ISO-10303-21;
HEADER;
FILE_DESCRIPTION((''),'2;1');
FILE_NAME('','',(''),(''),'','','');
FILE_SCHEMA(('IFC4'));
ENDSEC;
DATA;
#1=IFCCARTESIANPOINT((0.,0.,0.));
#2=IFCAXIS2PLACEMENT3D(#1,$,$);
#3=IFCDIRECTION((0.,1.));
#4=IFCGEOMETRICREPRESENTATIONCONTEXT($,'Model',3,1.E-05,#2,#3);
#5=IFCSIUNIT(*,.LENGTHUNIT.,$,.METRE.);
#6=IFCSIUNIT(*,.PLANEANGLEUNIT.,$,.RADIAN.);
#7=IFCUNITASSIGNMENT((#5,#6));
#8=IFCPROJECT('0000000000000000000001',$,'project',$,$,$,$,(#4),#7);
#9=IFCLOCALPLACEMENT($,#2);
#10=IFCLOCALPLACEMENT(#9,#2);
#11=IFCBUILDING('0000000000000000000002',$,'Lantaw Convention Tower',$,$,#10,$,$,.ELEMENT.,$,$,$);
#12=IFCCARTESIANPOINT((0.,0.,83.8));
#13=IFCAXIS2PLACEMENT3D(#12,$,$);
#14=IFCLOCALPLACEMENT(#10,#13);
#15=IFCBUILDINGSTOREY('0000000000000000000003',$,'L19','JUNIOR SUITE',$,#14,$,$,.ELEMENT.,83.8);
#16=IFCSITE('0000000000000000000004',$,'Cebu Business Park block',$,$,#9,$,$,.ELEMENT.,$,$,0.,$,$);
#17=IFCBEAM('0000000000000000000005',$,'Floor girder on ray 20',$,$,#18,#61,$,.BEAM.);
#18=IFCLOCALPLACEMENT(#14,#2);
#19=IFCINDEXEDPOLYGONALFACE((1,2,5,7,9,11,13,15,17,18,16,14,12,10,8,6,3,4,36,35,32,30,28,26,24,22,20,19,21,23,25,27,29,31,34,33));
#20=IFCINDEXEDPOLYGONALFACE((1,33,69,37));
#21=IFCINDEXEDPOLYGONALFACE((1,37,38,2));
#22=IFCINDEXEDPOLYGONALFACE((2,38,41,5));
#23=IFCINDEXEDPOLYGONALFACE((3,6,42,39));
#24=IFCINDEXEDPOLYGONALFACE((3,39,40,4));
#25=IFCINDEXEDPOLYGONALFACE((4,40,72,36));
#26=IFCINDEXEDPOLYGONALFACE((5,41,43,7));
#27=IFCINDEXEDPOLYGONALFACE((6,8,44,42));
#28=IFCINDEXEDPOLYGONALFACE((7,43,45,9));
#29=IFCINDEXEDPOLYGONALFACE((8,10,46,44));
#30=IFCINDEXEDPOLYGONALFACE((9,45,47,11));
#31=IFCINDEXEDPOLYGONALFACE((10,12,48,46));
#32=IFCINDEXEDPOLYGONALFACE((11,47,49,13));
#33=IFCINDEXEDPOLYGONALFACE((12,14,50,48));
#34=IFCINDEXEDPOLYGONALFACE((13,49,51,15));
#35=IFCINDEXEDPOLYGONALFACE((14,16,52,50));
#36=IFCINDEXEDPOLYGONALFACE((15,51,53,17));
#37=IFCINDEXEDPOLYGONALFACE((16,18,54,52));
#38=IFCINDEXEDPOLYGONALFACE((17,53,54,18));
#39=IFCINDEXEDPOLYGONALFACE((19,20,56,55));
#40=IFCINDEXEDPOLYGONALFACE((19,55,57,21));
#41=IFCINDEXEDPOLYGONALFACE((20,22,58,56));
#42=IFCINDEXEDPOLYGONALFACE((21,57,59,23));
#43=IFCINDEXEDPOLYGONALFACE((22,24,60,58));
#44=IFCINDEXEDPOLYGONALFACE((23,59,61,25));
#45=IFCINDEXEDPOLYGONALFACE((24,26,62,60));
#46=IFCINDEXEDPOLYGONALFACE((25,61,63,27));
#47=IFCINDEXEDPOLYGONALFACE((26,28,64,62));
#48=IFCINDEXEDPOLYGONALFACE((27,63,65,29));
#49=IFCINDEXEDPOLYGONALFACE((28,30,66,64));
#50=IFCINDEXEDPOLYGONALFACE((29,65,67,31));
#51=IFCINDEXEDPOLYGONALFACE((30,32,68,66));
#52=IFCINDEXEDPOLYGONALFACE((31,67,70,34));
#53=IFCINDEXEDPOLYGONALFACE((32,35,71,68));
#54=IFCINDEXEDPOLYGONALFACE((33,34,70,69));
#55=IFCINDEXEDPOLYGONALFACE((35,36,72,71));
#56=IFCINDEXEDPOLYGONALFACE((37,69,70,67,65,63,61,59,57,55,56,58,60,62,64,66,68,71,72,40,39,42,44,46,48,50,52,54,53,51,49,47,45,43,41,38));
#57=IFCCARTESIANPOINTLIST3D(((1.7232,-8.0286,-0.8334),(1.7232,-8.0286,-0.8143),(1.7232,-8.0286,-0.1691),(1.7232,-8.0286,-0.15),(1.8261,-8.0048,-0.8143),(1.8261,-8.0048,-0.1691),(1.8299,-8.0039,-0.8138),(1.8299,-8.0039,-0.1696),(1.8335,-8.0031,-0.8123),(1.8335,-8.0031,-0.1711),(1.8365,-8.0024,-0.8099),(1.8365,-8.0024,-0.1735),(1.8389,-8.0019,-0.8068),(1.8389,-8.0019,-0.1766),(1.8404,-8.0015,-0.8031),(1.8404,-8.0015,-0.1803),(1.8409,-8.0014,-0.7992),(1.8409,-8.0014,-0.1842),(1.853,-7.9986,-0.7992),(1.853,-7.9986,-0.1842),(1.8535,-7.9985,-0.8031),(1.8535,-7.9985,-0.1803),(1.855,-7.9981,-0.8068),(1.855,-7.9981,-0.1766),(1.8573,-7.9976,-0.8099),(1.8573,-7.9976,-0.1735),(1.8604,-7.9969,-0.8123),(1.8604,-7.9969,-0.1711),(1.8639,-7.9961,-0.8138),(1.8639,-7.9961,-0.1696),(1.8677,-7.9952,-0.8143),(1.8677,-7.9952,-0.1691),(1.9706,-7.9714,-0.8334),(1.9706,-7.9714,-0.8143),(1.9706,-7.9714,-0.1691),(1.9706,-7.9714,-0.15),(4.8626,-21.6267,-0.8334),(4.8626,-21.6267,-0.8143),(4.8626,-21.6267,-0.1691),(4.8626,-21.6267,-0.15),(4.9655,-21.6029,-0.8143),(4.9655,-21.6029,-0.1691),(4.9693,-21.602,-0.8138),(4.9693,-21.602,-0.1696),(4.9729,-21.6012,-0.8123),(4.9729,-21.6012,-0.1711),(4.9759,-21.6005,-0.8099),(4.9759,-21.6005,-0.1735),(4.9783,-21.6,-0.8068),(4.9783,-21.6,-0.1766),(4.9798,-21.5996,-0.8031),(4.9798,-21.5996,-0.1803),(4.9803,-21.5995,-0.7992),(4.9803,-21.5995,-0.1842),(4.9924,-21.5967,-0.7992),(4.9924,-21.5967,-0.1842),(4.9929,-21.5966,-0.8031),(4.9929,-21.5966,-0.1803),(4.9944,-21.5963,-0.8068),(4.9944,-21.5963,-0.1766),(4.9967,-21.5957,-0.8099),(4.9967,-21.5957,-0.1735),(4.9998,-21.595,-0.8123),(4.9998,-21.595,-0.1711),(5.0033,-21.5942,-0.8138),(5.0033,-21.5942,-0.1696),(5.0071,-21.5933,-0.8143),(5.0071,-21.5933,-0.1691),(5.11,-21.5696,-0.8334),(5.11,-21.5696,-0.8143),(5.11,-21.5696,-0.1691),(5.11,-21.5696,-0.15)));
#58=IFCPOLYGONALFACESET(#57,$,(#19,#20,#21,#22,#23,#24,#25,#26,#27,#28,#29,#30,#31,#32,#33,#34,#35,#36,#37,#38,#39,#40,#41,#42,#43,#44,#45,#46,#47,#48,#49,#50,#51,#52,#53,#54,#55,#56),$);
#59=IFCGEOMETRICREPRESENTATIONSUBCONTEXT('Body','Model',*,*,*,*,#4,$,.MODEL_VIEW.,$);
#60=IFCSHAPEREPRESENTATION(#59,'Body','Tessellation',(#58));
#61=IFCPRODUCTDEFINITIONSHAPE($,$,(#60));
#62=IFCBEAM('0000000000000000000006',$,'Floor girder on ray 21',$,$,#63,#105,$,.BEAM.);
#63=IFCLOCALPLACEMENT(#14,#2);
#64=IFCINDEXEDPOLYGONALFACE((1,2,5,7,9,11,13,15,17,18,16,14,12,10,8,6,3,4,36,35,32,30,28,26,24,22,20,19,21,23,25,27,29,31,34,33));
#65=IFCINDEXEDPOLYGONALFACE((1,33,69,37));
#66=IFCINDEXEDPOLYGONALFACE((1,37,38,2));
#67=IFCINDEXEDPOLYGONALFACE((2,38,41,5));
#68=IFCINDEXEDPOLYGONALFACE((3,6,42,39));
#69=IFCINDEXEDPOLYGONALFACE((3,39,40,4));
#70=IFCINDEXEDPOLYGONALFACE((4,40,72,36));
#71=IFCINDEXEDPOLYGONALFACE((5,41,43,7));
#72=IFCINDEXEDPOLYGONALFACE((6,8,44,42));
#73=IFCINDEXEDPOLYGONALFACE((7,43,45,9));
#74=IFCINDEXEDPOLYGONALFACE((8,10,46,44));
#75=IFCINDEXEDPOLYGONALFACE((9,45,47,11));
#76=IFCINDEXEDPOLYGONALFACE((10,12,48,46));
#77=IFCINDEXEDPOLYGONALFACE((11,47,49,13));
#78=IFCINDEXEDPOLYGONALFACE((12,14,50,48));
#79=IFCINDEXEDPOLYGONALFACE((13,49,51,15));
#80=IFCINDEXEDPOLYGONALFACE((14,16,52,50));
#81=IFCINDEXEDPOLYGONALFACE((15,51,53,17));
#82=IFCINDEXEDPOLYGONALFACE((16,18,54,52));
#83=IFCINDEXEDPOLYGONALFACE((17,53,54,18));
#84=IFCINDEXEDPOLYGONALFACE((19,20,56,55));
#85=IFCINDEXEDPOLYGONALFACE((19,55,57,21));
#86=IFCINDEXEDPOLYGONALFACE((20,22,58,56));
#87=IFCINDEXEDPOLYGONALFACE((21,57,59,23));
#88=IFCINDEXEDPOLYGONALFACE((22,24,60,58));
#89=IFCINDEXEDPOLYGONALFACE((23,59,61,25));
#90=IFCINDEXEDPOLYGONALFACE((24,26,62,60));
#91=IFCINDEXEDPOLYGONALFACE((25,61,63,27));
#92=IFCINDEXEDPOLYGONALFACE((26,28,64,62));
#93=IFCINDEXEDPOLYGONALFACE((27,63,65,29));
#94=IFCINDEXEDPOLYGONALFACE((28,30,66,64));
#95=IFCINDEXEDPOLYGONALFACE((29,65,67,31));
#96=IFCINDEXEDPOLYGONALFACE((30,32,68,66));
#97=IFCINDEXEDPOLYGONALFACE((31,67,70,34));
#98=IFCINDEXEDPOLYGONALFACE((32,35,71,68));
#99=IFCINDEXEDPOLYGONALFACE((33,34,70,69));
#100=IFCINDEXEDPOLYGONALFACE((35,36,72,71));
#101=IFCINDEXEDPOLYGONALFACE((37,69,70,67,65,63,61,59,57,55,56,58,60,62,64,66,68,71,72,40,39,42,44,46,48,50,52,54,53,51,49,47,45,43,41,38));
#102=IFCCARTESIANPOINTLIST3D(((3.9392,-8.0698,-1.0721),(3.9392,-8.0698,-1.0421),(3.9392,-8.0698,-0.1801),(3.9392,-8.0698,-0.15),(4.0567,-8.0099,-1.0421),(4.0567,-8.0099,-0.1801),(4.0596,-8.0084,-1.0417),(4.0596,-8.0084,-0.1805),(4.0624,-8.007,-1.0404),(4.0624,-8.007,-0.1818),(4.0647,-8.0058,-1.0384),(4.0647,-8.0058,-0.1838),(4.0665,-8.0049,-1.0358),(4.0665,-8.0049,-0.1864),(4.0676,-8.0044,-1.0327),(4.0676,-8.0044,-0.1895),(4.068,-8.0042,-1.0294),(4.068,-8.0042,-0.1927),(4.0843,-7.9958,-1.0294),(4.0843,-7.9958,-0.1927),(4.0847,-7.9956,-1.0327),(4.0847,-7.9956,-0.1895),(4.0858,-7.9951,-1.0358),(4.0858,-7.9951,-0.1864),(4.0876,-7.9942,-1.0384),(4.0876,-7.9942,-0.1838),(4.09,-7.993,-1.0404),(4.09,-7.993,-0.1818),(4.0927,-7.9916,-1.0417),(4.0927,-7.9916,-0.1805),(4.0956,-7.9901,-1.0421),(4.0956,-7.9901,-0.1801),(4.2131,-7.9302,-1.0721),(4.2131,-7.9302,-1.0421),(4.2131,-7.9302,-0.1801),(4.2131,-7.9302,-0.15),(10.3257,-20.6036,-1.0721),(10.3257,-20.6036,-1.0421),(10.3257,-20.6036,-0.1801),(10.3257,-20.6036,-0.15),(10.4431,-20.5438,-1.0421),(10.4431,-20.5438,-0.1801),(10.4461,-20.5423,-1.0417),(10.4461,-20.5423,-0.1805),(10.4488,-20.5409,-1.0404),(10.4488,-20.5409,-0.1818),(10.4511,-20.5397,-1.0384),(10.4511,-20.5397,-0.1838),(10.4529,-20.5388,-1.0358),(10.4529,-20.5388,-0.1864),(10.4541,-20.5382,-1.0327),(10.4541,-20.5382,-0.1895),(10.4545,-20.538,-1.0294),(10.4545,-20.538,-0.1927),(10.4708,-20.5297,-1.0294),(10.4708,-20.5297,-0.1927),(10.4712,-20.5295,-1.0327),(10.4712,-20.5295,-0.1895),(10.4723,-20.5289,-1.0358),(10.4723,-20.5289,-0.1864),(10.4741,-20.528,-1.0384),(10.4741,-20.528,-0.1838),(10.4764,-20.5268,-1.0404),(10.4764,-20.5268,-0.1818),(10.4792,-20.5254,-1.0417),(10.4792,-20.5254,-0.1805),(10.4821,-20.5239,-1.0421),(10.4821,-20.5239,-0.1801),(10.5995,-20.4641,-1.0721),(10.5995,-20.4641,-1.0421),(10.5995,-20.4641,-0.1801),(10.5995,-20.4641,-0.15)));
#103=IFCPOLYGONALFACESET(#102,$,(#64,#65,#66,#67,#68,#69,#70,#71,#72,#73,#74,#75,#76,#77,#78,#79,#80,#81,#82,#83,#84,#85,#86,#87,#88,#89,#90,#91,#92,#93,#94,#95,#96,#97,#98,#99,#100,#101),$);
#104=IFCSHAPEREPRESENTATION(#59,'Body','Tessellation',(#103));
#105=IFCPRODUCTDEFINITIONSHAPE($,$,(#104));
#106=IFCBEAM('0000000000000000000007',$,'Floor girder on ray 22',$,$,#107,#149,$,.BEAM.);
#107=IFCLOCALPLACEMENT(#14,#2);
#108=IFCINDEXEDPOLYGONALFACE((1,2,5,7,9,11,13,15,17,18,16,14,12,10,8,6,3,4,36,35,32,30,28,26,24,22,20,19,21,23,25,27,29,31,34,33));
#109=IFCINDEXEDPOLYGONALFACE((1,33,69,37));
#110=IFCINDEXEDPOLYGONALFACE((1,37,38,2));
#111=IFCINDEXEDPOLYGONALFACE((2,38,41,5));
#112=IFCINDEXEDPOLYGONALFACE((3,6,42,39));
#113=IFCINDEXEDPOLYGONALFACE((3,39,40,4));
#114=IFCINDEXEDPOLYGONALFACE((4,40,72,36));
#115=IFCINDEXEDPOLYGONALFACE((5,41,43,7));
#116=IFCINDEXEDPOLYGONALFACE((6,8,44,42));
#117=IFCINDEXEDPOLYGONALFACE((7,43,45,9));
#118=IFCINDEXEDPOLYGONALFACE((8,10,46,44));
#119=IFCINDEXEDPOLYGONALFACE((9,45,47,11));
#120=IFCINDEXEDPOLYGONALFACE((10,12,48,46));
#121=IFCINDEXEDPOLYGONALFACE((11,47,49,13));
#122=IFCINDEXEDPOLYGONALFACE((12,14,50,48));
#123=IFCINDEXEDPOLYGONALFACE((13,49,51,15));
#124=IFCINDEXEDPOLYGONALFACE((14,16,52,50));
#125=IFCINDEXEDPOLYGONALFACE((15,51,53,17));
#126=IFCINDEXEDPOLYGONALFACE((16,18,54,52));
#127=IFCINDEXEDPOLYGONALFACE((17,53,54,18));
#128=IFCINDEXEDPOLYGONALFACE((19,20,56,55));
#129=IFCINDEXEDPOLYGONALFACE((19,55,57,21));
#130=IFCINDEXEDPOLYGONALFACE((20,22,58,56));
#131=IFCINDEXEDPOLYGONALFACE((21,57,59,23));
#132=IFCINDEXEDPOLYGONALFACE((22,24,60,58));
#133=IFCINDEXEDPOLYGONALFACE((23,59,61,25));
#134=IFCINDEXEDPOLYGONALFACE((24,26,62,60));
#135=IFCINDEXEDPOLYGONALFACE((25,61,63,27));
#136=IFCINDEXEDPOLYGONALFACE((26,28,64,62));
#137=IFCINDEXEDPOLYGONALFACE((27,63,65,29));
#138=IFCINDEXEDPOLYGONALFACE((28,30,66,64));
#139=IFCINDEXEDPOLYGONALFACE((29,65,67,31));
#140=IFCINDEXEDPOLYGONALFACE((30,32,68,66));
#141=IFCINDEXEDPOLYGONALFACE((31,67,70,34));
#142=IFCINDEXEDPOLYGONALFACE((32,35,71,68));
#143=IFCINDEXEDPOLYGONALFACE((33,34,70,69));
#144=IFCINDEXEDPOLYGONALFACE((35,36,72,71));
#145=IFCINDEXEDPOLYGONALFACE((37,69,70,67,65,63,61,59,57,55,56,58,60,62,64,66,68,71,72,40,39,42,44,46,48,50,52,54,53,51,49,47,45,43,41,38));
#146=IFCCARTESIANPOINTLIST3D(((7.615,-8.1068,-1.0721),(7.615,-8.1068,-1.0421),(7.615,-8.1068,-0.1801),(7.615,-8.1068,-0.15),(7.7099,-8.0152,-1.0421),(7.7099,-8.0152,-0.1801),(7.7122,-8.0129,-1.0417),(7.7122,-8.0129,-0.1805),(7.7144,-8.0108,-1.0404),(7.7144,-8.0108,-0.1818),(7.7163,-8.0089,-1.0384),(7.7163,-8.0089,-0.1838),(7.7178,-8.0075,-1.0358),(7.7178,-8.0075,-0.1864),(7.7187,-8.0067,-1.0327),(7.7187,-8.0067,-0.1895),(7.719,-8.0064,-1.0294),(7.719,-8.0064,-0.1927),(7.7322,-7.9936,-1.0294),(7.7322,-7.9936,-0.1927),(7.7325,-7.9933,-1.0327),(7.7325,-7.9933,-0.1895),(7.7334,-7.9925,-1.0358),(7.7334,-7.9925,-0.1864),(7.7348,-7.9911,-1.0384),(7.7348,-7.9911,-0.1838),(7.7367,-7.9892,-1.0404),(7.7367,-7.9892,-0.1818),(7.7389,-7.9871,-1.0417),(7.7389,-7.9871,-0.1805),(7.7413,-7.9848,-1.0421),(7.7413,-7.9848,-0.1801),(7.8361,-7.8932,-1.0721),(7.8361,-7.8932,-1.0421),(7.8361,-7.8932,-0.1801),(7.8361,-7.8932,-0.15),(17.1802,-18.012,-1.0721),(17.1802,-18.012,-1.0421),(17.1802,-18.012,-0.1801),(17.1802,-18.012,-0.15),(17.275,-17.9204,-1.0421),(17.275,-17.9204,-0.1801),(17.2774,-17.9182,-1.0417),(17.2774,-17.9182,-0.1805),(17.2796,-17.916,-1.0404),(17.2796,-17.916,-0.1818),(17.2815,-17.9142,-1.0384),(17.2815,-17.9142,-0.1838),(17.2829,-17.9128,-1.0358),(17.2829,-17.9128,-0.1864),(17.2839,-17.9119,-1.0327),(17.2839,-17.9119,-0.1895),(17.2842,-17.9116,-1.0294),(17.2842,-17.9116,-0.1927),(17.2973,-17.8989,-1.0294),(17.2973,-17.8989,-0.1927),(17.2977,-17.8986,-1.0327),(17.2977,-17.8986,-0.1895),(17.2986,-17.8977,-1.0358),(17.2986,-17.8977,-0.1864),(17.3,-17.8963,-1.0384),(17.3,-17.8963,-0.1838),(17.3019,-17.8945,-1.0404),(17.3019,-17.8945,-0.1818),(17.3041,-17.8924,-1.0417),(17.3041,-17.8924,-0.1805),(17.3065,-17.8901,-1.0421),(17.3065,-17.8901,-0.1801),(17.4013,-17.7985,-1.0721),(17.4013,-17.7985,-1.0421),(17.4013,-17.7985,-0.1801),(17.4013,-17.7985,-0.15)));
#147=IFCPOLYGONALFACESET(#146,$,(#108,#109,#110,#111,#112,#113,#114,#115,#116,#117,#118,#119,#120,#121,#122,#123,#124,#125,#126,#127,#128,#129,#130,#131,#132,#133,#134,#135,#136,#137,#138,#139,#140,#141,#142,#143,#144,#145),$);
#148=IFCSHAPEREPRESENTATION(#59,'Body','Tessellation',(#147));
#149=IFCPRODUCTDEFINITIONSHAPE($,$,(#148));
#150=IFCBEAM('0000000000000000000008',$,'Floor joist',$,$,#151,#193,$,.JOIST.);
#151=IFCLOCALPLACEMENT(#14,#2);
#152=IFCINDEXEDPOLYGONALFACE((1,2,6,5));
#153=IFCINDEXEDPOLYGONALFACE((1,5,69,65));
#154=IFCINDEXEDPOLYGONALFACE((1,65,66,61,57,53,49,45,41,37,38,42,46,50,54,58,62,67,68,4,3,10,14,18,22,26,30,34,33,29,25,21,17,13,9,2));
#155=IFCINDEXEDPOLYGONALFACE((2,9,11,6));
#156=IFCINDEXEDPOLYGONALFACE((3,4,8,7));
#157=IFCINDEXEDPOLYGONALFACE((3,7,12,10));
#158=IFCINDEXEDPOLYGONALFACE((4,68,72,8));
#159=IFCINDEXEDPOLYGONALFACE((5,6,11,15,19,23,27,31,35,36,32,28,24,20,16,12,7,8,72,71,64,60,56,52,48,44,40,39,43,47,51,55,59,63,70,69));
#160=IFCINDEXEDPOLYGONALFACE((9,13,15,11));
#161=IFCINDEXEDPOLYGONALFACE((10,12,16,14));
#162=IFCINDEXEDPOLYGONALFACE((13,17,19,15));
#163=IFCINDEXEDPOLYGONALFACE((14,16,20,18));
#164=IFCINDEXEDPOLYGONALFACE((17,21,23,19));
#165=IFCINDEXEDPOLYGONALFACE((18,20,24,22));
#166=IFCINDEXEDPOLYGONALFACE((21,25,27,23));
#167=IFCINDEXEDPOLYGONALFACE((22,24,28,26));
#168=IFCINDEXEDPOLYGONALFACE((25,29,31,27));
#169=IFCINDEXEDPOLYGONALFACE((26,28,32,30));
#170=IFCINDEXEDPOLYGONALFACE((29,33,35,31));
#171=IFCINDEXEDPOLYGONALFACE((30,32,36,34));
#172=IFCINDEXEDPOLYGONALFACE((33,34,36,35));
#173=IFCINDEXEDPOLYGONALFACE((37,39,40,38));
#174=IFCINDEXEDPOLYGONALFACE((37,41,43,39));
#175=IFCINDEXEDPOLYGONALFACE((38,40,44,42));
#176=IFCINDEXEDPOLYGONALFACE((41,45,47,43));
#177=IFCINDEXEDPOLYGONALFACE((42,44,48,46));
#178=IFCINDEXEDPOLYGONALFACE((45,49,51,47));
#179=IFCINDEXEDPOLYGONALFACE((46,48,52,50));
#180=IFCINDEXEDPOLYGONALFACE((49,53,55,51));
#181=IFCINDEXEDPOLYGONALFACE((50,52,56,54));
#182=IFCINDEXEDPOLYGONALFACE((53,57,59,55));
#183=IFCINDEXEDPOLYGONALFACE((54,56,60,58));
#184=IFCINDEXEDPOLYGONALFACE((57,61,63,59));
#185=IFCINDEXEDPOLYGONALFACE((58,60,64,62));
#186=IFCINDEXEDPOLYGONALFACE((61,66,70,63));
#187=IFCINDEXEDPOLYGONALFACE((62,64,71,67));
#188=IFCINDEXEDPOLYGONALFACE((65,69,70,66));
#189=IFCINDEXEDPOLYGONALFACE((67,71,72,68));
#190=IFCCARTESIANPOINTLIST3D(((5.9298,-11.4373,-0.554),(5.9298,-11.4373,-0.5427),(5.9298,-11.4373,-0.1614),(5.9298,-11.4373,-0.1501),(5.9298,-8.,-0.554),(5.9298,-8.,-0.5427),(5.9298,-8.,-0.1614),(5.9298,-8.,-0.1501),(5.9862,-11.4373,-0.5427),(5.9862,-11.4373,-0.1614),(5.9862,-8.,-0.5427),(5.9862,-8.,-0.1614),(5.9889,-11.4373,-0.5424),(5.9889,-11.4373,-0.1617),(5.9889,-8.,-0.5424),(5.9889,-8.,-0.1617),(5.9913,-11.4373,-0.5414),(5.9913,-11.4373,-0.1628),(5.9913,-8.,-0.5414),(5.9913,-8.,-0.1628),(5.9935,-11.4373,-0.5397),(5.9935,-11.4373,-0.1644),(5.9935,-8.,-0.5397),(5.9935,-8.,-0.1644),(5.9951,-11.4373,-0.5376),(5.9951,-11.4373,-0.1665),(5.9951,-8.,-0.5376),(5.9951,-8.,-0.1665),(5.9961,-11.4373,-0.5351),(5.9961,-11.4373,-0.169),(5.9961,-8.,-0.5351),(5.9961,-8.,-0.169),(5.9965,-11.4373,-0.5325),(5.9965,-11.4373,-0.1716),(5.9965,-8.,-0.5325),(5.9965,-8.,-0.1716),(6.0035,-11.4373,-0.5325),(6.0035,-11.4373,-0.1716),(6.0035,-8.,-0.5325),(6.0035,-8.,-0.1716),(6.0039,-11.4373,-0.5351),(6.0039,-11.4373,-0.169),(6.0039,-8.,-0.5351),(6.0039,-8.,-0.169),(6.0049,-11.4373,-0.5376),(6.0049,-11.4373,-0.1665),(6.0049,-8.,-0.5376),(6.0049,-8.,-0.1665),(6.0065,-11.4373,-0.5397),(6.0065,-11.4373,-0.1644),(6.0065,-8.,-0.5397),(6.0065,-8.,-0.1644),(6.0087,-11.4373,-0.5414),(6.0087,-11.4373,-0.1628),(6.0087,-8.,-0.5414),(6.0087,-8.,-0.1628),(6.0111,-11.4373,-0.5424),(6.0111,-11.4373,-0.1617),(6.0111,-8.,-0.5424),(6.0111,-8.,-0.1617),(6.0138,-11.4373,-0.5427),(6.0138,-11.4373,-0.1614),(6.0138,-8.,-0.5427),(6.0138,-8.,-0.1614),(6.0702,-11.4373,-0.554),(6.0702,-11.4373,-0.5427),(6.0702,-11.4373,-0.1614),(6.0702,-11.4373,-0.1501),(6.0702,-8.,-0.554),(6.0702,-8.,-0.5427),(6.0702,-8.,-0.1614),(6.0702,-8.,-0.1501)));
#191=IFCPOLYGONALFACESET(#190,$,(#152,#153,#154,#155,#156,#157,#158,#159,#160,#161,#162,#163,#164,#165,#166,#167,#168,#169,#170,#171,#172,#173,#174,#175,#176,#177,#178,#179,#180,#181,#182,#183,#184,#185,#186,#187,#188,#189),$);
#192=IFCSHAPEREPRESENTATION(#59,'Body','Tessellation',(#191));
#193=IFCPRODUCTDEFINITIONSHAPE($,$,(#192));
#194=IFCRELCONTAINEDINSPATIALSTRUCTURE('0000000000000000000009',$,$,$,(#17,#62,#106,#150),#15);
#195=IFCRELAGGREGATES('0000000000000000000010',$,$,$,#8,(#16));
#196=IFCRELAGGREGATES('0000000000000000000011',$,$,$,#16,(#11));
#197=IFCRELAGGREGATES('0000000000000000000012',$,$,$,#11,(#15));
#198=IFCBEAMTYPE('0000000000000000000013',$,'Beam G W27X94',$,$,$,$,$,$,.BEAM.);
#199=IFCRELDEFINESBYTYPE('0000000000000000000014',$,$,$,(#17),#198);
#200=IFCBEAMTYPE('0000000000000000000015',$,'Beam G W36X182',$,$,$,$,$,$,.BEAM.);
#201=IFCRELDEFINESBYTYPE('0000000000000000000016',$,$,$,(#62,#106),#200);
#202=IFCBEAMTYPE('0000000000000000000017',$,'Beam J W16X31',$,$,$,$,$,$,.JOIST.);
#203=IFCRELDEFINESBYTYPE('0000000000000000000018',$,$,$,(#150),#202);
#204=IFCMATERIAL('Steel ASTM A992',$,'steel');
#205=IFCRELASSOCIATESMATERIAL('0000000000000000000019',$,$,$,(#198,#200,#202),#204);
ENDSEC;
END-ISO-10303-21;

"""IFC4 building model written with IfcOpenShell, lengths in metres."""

from ifc_helpers import new_model, si_unit, direction, frame, origin, origin_2d, place, context, subcontext, project, spatial, i_section, extrude, material, material_profile, profile_set, type_object, element, save


model = new_model("IFC4")

# Units and contexts
model_context = context("Model", 3, precision=1e-05, world=origin(), true_north=direction((0.0, 1.0)))
body_context = subcontext(model_context, "Body", "Model", "MODEL_VIEW")
ifc_project = project(units=[si_unit("LENGTHUNIT", "METRE"), si_unit("PLANEANGLEUNIT", "RADIAN")], contexts=[model_context])

# Site, building, storey
site_placement = place(None, origin())
site = spatial("IfcSite", under=ifc_project, at=site_placement, Name="Cebu Business Park block", CompositionType="ELEMENT", RefElevation=0.0)
building_placement = place(site_placement, origin())
building = spatial("IfcBuilding", under=site, at=building_placement, Name="Lantaw Convention Tower", CompositionType="ELEMENT")
storey_placement = place(building_placement, frame((0.0, 0.0, 83.8)))
storey = spatial("IfcBuildingStorey", under=building, at=storey_placement, Name="L19", Description="JUNIOR SUITE", CompositionType="ELEMENT", Elevation=83.8)

# Beams
ifc_material_1 = material(Name="Steel ASTM A992", Category="steel")
ifc_material_profile_1 = material_profile(ifc_material_1, i_section(OverallWidth=0.2539, OverallDepth=0.6833, WebThickness=0.0125, FlangeThickness=0.019, FilletRadius=0.0151, at=origin_2d()), Name="W27X94")
ifc_profile_set_1 = profile_set([ifc_material_profile_1], Name="Steel ASTM A992")
beam_type_1 = type_object("IfcBeamType", Name="Beam G W27X94", PredefinedType="BEAM", material=ifc_profile_set_1)
beam_1_placement = place(storey_placement, frame((1.8469, -8.0, -0.4917), z_axis=(0.224953, -0.97437, 0.0), x_axis=(0.97437, 0.224953, 0.0)))
element("IfcBeam", 1, at=beam_1_placement, inside=storey, type_object=beam_type_1, Name="Floor girder on ray 20", PredefinedType="BEAM", context=body_context, shape_type="SweptSolid", body=[
    extrude(i_section(OverallWidth=0.2539, OverallDepth=0.6833, WebThickness=0.0125, FlangeThickness=0.019, FilletRadius=0.0151, at=origin_2d()), origin(), (0.0, 0.0, 1.0), 13.9558),
])
ifc_material_profile_2 = material_profile(ifc_material_1, i_section(OverallWidth=0.3074, OverallDepth=0.9221, WebThickness=0.0183, FlangeThickness=0.03, FilletRadius=0.0127, at=origin_2d()), Name="W36X182")
ifc_profile_set_2 = profile_set([ifc_material_profile_2], Name="Steel ASTM A992")
beam_type_2 = type_object("IfcBeamType", Name="Beam G W36X182", PredefinedType="BEAM", material=ifc_profile_set_2)
beam_2_placement = place(storey_placement, frame((4.0762, -8.0, -0.6111), z_axis=(0.453997, -0.891003, 0.0), x_axis=(0.891003, 0.453997, 0.0)))
element("IfcBeam", 2, at=beam_2_placement, inside=storey, type_object=beam_type_2, Name="Floor girder on ray 21", PredefinedType="BEAM", context=body_context, shape_type="SweptSolid", body=[
    extrude(i_section(OverallWidth=0.3074, OverallDepth=0.9221, WebThickness=0.0183, FlangeThickness=0.03, FilletRadius=0.0127, at=origin_2d()), origin(), (0.0, 0.0, 1.0), 14.0671),
])
beam_3_placement = place(storey_placement, frame((7.7256, -8.0, -0.6111), z_axis=(0.69465, -0.719348, 0.0), x_axis=(0.719348, 0.69465, 0.0)))
element("IfcBeam", 3, at=beam_3_placement, inside=storey, type_object=beam_type_2, Name="Floor girder on ray 22", PredefinedType="BEAM", context=body_context, shape_type="SweptSolid", body=[
    extrude(i_section(OverallWidth=0.3074, OverallDepth=0.9221, WebThickness=0.0183, FlangeThickness=0.03, FilletRadius=0.0127, at=origin_2d()), origin(), (0.0, 0.0, 1.0), 13.7698),
])
ifc_material_profile_3 = material_profile(ifc_material_1, i_section(OverallWidth=0.1404, OverallDepth=0.4038, WebThickness=0.0071, FlangeThickness=0.0112, FilletRadius=0.0103, at=origin_2d()), Name="W16X31")
ifc_profile_set_3 = profile_set([ifc_material_profile_3], Name="Steel ASTM A992")
beam_type_3 = type_object("IfcBeamType", Name="Beam J W16X31", PredefinedType="JOIST", material=ifc_profile_set_3)
beam_4_placement = place(storey_placement, frame((6.0, -11.4373, -0.3521), z_axis=(0.0, 1.0, 0.0), x_axis=(-1.0, 0.0, 0.0)))
element("IfcBeam", 4, at=beam_4_placement, inside=storey, type_object=beam_type_3, Name="Floor joist", PredefinedType="JOIST", context=body_context, shape_type="SweptSolid", body=[
    extrude(i_section(OverallWidth=0.1404, OverallDepth=0.4038, WebThickness=0.0071, FlangeThickness=0.0112, FilletRadius=0.0103, at=origin_2d()), origin(), (0.0, 0.0, 1.0), 3.4373),
])

save(model, "model.ifc")
